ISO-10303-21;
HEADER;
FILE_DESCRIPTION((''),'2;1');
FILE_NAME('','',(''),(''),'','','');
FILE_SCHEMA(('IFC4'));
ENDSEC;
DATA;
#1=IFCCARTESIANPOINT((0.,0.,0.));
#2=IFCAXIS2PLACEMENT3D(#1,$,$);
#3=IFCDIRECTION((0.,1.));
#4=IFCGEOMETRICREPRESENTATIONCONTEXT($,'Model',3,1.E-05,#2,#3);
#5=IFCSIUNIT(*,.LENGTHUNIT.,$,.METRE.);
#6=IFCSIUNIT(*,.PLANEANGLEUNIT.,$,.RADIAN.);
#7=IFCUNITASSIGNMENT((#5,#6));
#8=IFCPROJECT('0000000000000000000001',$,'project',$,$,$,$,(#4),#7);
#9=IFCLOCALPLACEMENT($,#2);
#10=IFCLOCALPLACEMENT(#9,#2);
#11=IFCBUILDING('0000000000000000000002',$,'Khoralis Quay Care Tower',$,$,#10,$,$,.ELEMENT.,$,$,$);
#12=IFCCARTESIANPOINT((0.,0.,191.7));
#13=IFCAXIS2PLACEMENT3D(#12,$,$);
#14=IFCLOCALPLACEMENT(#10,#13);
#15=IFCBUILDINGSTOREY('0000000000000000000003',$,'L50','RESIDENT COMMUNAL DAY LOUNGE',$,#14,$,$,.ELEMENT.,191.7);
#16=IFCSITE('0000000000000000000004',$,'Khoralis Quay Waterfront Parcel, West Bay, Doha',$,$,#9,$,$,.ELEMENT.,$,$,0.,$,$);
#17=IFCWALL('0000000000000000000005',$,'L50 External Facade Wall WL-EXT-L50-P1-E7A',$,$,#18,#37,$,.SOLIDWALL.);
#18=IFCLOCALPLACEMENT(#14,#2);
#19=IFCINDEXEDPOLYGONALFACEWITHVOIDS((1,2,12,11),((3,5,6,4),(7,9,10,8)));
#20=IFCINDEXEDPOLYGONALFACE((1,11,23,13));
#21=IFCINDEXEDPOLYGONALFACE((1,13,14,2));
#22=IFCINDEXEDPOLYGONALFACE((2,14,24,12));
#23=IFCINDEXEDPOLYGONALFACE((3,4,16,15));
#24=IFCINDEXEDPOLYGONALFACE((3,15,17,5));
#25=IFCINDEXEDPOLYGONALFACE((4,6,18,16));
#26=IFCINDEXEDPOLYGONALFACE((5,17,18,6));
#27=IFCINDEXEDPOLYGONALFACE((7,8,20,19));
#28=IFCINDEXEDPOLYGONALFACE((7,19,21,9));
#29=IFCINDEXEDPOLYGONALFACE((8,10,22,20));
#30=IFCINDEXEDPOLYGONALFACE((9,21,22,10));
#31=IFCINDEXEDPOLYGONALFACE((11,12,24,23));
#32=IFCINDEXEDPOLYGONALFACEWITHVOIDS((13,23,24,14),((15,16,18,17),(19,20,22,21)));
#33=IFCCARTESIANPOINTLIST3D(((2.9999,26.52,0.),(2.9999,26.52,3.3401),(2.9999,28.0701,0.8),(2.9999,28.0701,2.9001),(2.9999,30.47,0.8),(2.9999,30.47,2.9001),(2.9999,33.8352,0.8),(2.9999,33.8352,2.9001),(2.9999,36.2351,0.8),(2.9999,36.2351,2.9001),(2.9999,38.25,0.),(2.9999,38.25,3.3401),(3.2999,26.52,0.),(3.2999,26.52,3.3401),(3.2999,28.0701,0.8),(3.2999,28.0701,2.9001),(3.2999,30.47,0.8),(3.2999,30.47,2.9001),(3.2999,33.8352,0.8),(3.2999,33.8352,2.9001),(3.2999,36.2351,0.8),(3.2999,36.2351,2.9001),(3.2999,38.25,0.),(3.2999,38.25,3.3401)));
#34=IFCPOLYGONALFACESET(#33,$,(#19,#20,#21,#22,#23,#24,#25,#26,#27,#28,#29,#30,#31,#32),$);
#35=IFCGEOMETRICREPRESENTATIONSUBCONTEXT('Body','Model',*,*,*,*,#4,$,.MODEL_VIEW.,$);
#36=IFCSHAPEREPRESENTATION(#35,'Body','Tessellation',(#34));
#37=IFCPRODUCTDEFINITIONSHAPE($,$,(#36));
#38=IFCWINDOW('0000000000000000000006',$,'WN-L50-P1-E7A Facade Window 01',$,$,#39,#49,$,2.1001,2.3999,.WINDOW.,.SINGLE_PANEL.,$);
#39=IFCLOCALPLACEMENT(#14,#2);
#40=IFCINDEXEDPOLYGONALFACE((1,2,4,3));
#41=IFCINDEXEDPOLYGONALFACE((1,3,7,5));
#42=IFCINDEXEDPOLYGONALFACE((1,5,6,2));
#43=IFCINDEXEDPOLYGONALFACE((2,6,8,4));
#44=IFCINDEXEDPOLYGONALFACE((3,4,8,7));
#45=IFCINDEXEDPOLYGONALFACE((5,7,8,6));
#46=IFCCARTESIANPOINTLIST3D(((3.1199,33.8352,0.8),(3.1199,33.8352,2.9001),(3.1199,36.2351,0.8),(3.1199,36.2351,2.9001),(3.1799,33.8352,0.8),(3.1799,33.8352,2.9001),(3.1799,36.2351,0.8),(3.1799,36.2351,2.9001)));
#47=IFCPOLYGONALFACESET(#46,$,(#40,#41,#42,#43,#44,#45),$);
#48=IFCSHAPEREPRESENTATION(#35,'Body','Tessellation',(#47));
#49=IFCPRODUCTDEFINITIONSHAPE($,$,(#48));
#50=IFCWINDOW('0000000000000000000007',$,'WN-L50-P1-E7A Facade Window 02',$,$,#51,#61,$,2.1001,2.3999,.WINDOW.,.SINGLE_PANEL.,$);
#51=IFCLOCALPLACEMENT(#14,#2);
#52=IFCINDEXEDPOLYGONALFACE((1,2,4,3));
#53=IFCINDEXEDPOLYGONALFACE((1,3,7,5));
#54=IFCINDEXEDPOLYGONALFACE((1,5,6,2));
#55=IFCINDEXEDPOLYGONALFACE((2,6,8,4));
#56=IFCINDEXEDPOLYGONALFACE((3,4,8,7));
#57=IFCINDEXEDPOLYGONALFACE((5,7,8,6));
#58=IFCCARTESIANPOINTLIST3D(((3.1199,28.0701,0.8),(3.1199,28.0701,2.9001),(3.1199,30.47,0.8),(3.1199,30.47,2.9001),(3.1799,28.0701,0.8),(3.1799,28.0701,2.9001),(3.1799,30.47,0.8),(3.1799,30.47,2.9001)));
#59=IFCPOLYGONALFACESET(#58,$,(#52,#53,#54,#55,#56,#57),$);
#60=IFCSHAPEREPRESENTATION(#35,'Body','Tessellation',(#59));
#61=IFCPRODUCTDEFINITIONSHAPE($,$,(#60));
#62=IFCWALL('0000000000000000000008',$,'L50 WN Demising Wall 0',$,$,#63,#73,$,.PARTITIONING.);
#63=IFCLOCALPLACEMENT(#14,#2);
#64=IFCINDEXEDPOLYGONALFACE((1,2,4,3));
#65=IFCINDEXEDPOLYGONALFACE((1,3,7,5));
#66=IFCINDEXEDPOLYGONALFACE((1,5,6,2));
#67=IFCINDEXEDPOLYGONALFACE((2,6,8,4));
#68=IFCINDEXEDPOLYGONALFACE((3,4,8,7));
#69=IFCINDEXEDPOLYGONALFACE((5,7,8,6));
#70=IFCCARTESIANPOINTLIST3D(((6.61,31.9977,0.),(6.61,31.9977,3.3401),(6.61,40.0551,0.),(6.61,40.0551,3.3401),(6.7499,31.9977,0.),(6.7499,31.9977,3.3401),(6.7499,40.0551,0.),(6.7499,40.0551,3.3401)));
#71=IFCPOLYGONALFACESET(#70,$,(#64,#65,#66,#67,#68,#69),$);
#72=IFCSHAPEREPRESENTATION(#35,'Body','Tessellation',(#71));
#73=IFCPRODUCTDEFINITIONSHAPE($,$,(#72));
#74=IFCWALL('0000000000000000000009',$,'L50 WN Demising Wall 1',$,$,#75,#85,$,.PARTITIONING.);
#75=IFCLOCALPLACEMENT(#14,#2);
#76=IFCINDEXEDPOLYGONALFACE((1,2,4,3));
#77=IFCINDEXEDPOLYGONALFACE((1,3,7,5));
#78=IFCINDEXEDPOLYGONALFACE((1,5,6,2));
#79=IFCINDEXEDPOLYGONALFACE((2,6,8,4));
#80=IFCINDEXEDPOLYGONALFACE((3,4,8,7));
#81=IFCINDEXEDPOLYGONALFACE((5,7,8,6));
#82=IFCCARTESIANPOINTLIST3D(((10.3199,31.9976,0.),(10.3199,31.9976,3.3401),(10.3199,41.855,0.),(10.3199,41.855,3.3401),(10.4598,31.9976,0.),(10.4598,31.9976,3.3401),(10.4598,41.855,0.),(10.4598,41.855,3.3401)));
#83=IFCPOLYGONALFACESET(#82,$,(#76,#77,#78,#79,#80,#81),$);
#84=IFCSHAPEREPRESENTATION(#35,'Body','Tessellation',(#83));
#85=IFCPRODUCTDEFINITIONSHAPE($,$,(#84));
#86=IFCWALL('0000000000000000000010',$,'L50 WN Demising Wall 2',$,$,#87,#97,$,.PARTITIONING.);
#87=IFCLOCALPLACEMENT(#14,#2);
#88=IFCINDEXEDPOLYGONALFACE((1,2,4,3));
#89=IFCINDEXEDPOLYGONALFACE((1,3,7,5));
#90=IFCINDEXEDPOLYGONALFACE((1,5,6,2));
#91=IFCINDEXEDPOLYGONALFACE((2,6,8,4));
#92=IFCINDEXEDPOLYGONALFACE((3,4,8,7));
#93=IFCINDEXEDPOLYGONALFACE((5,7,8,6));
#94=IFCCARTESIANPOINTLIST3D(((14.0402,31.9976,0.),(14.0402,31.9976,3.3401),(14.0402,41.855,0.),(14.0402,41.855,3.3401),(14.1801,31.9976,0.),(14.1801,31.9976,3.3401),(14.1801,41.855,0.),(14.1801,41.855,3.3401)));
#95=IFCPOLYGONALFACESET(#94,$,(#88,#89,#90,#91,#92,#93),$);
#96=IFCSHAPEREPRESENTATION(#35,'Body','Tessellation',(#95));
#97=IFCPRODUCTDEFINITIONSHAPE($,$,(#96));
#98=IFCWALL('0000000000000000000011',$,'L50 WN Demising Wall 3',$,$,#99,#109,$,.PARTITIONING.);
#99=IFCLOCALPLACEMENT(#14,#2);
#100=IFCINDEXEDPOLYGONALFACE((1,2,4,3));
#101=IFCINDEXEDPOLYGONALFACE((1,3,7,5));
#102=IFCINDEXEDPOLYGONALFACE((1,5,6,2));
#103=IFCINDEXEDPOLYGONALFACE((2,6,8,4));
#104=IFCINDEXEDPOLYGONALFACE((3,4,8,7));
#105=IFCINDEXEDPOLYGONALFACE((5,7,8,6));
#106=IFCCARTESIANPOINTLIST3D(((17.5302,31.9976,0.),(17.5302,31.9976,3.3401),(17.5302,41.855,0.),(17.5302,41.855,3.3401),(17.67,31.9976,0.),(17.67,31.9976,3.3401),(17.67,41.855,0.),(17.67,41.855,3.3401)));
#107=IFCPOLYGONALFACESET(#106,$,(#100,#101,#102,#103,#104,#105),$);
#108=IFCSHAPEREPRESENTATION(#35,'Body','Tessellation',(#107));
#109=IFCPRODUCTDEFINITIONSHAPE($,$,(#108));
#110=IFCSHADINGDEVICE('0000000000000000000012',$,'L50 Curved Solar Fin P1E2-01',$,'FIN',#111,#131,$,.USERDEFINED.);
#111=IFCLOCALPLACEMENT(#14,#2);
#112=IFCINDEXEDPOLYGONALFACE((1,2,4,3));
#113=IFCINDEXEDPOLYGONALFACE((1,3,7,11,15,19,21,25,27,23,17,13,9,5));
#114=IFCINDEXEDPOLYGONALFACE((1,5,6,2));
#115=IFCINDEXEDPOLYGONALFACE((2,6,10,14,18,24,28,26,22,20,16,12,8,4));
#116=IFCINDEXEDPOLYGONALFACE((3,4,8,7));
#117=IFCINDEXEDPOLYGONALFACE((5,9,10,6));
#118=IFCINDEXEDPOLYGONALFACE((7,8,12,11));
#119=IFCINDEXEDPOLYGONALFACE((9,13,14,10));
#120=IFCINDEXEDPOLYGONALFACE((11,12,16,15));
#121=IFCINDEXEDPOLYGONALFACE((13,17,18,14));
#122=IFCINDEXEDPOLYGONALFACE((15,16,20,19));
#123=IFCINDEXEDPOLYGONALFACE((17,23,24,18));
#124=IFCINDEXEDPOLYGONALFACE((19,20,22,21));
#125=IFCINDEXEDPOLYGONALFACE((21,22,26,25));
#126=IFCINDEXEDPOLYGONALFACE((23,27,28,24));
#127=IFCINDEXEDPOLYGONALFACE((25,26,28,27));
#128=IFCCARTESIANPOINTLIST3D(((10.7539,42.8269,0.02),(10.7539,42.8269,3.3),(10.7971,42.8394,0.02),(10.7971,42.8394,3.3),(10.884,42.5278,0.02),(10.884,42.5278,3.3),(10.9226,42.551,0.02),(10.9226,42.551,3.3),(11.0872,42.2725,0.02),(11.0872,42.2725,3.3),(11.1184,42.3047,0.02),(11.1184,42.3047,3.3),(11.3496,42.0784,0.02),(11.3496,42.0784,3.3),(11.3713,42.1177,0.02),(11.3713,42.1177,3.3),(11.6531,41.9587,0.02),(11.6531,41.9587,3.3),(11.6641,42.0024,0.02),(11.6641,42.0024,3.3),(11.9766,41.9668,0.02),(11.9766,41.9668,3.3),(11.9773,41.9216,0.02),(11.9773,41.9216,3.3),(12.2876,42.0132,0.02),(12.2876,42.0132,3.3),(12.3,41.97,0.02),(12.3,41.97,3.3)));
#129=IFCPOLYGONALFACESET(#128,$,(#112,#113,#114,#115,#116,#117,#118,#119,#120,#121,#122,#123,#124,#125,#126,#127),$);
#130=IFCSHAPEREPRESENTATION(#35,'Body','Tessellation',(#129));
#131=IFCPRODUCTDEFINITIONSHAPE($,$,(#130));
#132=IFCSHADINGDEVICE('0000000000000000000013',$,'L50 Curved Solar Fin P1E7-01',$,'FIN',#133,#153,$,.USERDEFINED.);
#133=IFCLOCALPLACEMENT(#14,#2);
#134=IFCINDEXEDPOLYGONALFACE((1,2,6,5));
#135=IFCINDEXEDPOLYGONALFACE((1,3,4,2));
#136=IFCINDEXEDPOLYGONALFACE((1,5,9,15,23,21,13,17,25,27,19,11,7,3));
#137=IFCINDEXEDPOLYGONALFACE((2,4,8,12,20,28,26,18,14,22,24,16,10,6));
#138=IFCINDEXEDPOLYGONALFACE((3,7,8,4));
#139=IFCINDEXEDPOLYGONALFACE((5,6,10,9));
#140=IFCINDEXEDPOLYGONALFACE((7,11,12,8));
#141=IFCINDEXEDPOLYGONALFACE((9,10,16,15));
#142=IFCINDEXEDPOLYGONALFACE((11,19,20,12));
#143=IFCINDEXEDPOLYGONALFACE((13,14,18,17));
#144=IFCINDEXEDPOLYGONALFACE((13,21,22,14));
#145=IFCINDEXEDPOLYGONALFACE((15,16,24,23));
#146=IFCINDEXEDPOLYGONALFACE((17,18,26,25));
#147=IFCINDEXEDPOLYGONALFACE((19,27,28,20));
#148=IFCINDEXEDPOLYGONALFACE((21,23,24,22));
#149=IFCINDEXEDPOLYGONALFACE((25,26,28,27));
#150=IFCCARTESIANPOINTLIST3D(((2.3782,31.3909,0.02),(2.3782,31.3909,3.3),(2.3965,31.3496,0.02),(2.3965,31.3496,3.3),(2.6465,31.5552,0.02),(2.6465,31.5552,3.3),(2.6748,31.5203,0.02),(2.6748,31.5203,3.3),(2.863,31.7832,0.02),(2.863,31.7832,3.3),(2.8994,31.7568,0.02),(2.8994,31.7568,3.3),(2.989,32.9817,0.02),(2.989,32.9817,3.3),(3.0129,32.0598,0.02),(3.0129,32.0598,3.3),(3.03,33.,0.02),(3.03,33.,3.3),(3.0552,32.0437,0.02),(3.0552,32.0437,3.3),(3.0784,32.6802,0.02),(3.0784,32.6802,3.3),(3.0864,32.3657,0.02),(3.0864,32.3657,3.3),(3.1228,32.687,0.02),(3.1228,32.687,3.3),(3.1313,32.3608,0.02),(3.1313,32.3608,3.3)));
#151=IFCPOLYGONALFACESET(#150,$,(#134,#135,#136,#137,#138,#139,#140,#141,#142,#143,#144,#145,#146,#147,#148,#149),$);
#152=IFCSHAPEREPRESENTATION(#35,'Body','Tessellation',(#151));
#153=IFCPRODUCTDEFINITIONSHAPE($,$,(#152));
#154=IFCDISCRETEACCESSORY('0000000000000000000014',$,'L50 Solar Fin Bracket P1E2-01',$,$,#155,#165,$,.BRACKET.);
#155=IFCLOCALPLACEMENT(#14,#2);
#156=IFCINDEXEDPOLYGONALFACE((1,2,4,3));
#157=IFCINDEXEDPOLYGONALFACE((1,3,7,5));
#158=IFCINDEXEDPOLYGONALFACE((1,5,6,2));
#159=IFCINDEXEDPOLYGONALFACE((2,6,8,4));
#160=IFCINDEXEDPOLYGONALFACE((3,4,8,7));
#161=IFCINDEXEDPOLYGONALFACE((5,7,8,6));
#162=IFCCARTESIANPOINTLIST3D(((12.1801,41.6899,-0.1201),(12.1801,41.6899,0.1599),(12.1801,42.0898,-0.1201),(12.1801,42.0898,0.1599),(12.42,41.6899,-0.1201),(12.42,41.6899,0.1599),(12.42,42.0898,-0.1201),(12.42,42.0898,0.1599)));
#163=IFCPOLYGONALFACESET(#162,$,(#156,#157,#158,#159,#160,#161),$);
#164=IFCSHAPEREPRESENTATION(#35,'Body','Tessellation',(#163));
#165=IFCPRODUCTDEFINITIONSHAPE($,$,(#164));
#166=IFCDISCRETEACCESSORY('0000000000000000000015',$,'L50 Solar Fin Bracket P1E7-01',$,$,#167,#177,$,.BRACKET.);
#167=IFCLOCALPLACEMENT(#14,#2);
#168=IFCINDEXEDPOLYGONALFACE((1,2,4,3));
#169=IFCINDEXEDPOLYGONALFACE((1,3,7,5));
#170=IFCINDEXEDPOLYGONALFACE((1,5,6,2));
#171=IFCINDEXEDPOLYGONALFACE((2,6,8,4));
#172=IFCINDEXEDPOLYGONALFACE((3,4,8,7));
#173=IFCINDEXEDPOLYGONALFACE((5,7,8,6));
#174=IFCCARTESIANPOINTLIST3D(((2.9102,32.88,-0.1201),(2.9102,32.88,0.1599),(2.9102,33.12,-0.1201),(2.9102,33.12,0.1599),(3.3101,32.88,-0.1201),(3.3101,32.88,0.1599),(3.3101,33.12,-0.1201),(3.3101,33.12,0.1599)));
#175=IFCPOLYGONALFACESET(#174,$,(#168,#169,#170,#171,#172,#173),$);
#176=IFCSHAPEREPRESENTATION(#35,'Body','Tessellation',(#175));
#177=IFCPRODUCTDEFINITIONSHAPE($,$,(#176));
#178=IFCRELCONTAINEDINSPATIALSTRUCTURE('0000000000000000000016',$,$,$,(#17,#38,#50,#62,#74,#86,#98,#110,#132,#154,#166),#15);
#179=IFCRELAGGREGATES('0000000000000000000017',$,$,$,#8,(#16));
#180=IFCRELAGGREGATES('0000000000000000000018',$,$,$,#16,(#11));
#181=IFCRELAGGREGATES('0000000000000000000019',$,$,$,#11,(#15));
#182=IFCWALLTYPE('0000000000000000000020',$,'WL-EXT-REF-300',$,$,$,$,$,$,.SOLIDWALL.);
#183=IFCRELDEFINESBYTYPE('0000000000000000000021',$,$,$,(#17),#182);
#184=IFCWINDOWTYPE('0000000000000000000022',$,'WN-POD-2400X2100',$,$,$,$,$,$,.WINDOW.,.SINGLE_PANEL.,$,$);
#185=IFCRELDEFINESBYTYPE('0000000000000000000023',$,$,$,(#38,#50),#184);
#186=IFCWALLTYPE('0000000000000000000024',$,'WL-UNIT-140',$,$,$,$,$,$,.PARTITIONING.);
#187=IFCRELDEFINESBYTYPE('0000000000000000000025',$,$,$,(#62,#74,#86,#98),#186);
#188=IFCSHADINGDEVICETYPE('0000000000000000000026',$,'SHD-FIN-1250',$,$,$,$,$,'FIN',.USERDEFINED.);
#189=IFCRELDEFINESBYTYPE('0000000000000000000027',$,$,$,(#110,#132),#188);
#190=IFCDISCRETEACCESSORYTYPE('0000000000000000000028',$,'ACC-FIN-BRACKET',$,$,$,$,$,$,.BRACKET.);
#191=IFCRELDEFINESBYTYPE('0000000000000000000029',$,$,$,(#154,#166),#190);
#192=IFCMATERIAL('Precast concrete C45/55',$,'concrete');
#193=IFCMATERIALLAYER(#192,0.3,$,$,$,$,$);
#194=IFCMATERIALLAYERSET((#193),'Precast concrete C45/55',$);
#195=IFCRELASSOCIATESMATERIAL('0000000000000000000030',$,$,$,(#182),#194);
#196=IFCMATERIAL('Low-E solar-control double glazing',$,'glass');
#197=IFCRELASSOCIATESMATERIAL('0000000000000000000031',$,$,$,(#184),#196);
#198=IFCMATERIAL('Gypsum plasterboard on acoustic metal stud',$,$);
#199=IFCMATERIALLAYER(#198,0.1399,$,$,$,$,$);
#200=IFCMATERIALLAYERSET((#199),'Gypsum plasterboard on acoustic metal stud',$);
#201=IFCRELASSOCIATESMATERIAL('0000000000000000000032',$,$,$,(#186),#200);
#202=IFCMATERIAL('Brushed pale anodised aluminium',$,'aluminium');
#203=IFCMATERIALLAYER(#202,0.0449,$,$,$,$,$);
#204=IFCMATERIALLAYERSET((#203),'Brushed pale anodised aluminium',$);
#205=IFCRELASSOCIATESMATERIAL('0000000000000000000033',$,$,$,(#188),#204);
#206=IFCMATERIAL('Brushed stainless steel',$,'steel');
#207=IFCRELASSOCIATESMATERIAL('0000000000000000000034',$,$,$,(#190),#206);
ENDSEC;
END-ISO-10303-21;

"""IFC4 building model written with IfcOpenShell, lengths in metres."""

from ifc_helpers import new_model, si_unit, direction, frame, frame_2d, origin, origin_2d, place, context, subcontext, project, spatial, polyline, rectangle, outline, extrude, source, transform, mapped, material, layer, layer_set, type_object, element, fill, save


model = new_model("IFC4")

# Units and contexts
model_context = context("Model", 3, precision=1e-05, world=origin(), true_north=direction((0.0, 1.0)))
body_context = subcontext(model_context, "Body", "Model", "MODEL_VIEW")
ifc_project = project(units=[si_unit("LENGTHUNIT", "METRE"), si_unit("PLANEANGLEUNIT", "RADIAN")], contexts=[model_context])

# Site, building, storey
site_placement = place(None, origin())
site = spatial("IfcSite", under=ifc_project, at=site_placement, Name="Khoralis Quay Waterfront Parcel, West Bay, Doha", CompositionType="ELEMENT", RefElevation=0.0)
building_placement = place(site_placement, origin())
building = spatial("IfcBuilding", under=site, at=building_placement, Name="Khoralis Quay Care Tower", CompositionType="ELEMENT")
storey_placement = place(building_placement, frame((0.0, 0.0, 191.7)))
storey = spatial("IfcBuildingStorey", under=building, at=storey_placement, Name="L50", Description="RESIDENT COMMUNAL DAY LOUNGE", CompositionType="ELEMENT", Elevation=191.7)

# Shared definitions
ifc_material_1 = material(Name="Gypsum plasterboard on acoustic metal stud")

# Shared definitions
ifc_material_2 = material(Name="Precast concrete C45/55", Category="concrete")
ifc_layer_1 = layer(ifc_material_2, 0.3)
ifc_layer_set_1 = layer_set([ifc_layer_1], Name="Precast concrete C45/55")
wall_type_1 = type_object("IfcWallType", Name="WL-EXT-REF-300", PredefinedType="SOLIDWALL", material=ifc_layer_set_1)

# Wall, openings, windows
wall_1_placement = place(storey_placement, frame((3.1499, 38.25, 0.0), z_axis=(0.0, 0.0, 1.0), x_axis=(0.0, -1.0, 0.0)))
wall_1 = element("IfcWall", 1, at=wall_1_placement, inside=storey, type_object=wall_type_1, Name="L50 External Facade Wall WL-EXT-L50-P1-E7A", PredefinedType="SOLIDWALL", context=body_context, shape_type="SweptSolid", body=[
    extrude(rectangle(XDim=11.73, YDim=0.3, at=frame_2d((5.865, 0.0))), origin(), (0.0, 0.0, 1.0), 3.3401),
])
opening_1_placement = place(wall_1_placement, frame((2.0149, 0.0, 0.8)))
opening_1 = element("IfcOpeningElement", 2, at=opening_1_placement, cuts=wall_1, PredefinedType="OPENING", context=body_context, shape_type="SweptSolid", body=[
    extrude(rectangle(XDim=2.3999, YDim=2.1001, at=frame_2d((1.2, 1.05))), frame((0.0, 0.1602, 0.0), z_axis=(0.0, -1.0, 0.0), x_axis=(1.0, 0.0, 0.0)), (0.0, 0.0, 1.0), 0.3201),
])
opening_2_placement = place(wall_1_placement, frame((7.78, 0.0, 0.8)))
opening_2 = element("IfcOpeningElement", 3, at=opening_2_placement, cuts=wall_1, PredefinedType="OPENING", context=body_context, shape_type="SweptSolid", body=[
    extrude(rectangle(XDim=2.3999, YDim=2.1001, at=frame_2d((1.2, 1.05))), frame((0.0, 0.1602, 0.0), z_axis=(0.0, -1.0, 0.0), x_axis=(1.0, 0.0, 0.0)), (0.0, 0.0, 1.0), 0.3201),
])
ifc_material_3 = material(Name="Low-E solar-control double glazing", Category="glass")
window_type = type_object("IfcWindowType", Name="WN-POD-2400X2100", PartitioningType="SINGLE_PANEL", PredefinedType="WINDOW", material=ifc_material_3)
shared_shape_1 = source(origin(), body_context, "Body", "SweptSolid", [
    extrude(rectangle(XDim=2.3999, YDim=2.1001, at=frame_2d((1.2, 1.05))), frame((0.0, 0.03, 0.0), z_axis=(0.0, -1.0, 0.0), x_axis=(1.0, 0.0, 0.0)), (0.0, 0.0, 1.0), 0.0601),
])
window_1_placement = place(opening_1_placement, origin())
window_1 = element("IfcWindow", 4, at=window_1_placement, inside=storey, type_object=window_type, Name="WN-L50-P1-E7A Facade Window 01", OverallHeight=2.1001, OverallWidth=2.3999, PartitioningType="SINGLE_PANEL", PredefinedType="WINDOW", context=body_context, shape_type="MappedRepresentation", body=[
    mapped(shared_shape_1, transform((0.0, 0.0, 0.0), scale=1.0)),
])
fill(opening_1, window_1)
window_2_placement = place(opening_2_placement, origin())
window_2 = element("IfcWindow", 5, at=window_2_placement, inside=storey, type_object=window_type, Name="WN-L50-P1-E7A Facade Window 02", OverallHeight=2.1001, OverallWidth=2.3999, PartitioningType="SINGLE_PANEL", PredefinedType="WINDOW", context=body_context, shape_type="MappedRepresentation", body=[
    mapped(shared_shape_1, transform((0.0, 0.0, 0.0), scale=1.0)),
])
fill(opening_2, window_2)

# Walls
ifc_layer_2 = layer(ifc_material_1, 0.1399)
ifc_layer_set_2 = layer_set([ifc_layer_2], Name="Gypsum plasterboard on acoustic metal stud")
wall_type_2 = type_object("IfcWallType", Name="WL-UNIT-140", PredefinedType="PARTITIONING", material=ifc_layer_set_2)
wall_2_placement = place(storey_placement, frame((6.6799, 31.9976, 0.0), z_axis=(0.0, 0.0, 1.0), x_axis=(0.0, 1.0, 0.0)))
element("IfcWall", 6, at=wall_2_placement, inside=storey, type_object=wall_type_2, Name="L50 WN Demising Wall 0", PredefinedType="PARTITIONING", context=body_context, shape_type="SweptSolid", body=[
    extrude(rectangle(XDim=8.0574, YDim=0.1399, at=frame_2d((4.0288, 0.0))), origin(), (0.0, 0.0, 1.0), 3.3401),
])
for number, where, z_axis, x_axis, name in (
    (7, (10.3899, 31.9976, 0.0), (0.0, 0.0, 1.0), (0.0, 1.0, 0.0), "L50 WN Demising Wall 1"),
    (8, (14.1101, 31.9976, 0.0), (0.0, 0.0, 1.0), (0.0, 1.0, 0.0), "L50 WN Demising Wall 2"),
    (9, (17.6001, 31.9976, 0.0), (0.0, 0.0, 1.0), (0.0, 1.0, 0.0), "L50 WN Demising Wall 3"),
):
    element("IfcWall", number, at=place(storey_placement, frame(where, z_axis=z_axis, x_axis=x_axis)), inside=storey, type_object=wall_type_2, Name=name, PredefinedType="PARTITIONING", context=body_context, shape_type="SweptSolid", body=[
        extrude(rectangle(XDim=9.8574, YDim=0.1399, at=frame_2d((4.9287, 0.0))), origin(), (0.0, 0.0, 1.0), 3.3401),
    ])

# Shading devices
ifc_material_4 = material(Name="Brushed pale anodised aluminium", Category="aluminium")
ifc_layer_3 = layer(ifc_material_4, 0.0449)
ifc_layer_set_3 = layer_set([ifc_layer_3], Name="Brushed pale anodised aluminium")
shading_device_type = type_object("IfcShadingDeviceType", Name="SHD-FIN-1250", ElementType="FIN", PredefinedType="USERDEFINED", material=ifc_layer_set_3)
shared_shape_2 = source(origin(), body_context, "Body", "SweptSolid", [
    extrude(outline(polyline([(0.0, 0.0), (-0.0483, 0.3228), (-0.0112, 0.647), (0.1084, 0.9504), (0.3025, 1.2129), (0.5579, 1.416), (0.8569, 1.5461), (0.8694, 1.5029), (0.5811, 1.3774), (0.3347, 1.1816), (0.1477, 0.9287), (0.0325, 0.636), (-0.0032, 0.3235), (0.0432, 0.0125), (0.0, 0.0)])), origin(), (0.0, 0.0, 1.0), 3.28),
])
shading_device_1_placement = place(storey_placement, frame((12.3, 41.97, 0.02), z_axis=(0.0, 0.0, 1.0), x_axis=(0.0, 1.0, 0.0)))
element("IfcShadingDevice", 10, at=shading_device_1_placement, inside=storey, type_object=shading_device_type, Name="L50 Curved Solar Fin P1E2-01", ObjectType="FIN", PredefinedType="USERDEFINED", context=body_context, shape_type="MappedRepresentation", body=[
    mapped(shared_shape_2, transform((0.0, 0.0, 0.0), scale=1.0)),
])
shared_shape_3 = source(origin(), body_context, "Body", "SweptSolid", [
    extrude(outline(polyline([(0.0, 0.0), (-0.0928, 0.313), (-0.1013, 0.6392), (-0.0251, 0.9563), (0.1306, 1.2432), (0.3552, 1.4797), (0.6335, 1.6504), (0.6519, 1.6091), (0.3835, 1.4448), (0.167, 1.2168), (0.0171, 0.9402), (-0.0564, 0.6343), (-0.0483, 0.3198), (0.041, 0.0183), (0.0, 0.0)])), origin(), (0.0, 0.0, 1.0), 3.28),
])
shading_device_2_placement = place(storey_placement, frame((3.03, 33.0, 0.02), z_axis=(0.0, 0.0, 1.0), x_axis=(-1.0, 0.0, 0.0)))
element("IfcShadingDevice", 11, at=shading_device_2_placement, inside=storey, type_object=shading_device_type, Name="L50 Curved Solar Fin P1E7-01", ObjectType="FIN", PredefinedType="USERDEFINED", context=body_context, shape_type="MappedRepresentation", body=[
    mapped(shared_shape_3, transform((0.0, 0.0, 0.0), scale=1.0)),
])

# Discrete accessories
ifc_material_5 = material(Name="Brushed stainless steel", Category="steel")
discrete_accessory_type = type_object("IfcDiscreteAccessoryType", Name="ACC-FIN-BRACKET", PredefinedType="BRACKET", material=ifc_material_5)
shared_shape_4 = source(origin(), body_context, "Body", "SweptSolid", [
    extrude(rectangle(XDim=0.3999, YDim=0.24, at=origin_2d()), origin(), (0.0, 0.0, 1.0), 0.28),
])
for number, where, z_axis, x_axis, name in (
    (12, (12.3, 41.8899, -0.1201), (0.0, 0.0, 1.0), (0.0, 1.0, 0.0), "L50 Solar Fin Bracket P1E2-01"),
    (13, (3.1101, 33.0, -0.1201), (0.0, 0.0, 1.0), (-1.0, 0.0, 0.0), "L50 Solar Fin Bracket P1E7-01"),
):
    element("IfcDiscreteAccessory", number, at=place(storey_placement, frame(where, z_axis=z_axis, x_axis=x_axis)), inside=storey, type_object=discrete_accessory_type, Name=name, PredefinedType="BRACKET", context=body_context, shape_type="MappedRepresentation", body=[
        mapped(shared_shape_4, transform((0.0, 0.0, 0.0), scale=1.0)),
    ])

save(model, "model.ifc")
